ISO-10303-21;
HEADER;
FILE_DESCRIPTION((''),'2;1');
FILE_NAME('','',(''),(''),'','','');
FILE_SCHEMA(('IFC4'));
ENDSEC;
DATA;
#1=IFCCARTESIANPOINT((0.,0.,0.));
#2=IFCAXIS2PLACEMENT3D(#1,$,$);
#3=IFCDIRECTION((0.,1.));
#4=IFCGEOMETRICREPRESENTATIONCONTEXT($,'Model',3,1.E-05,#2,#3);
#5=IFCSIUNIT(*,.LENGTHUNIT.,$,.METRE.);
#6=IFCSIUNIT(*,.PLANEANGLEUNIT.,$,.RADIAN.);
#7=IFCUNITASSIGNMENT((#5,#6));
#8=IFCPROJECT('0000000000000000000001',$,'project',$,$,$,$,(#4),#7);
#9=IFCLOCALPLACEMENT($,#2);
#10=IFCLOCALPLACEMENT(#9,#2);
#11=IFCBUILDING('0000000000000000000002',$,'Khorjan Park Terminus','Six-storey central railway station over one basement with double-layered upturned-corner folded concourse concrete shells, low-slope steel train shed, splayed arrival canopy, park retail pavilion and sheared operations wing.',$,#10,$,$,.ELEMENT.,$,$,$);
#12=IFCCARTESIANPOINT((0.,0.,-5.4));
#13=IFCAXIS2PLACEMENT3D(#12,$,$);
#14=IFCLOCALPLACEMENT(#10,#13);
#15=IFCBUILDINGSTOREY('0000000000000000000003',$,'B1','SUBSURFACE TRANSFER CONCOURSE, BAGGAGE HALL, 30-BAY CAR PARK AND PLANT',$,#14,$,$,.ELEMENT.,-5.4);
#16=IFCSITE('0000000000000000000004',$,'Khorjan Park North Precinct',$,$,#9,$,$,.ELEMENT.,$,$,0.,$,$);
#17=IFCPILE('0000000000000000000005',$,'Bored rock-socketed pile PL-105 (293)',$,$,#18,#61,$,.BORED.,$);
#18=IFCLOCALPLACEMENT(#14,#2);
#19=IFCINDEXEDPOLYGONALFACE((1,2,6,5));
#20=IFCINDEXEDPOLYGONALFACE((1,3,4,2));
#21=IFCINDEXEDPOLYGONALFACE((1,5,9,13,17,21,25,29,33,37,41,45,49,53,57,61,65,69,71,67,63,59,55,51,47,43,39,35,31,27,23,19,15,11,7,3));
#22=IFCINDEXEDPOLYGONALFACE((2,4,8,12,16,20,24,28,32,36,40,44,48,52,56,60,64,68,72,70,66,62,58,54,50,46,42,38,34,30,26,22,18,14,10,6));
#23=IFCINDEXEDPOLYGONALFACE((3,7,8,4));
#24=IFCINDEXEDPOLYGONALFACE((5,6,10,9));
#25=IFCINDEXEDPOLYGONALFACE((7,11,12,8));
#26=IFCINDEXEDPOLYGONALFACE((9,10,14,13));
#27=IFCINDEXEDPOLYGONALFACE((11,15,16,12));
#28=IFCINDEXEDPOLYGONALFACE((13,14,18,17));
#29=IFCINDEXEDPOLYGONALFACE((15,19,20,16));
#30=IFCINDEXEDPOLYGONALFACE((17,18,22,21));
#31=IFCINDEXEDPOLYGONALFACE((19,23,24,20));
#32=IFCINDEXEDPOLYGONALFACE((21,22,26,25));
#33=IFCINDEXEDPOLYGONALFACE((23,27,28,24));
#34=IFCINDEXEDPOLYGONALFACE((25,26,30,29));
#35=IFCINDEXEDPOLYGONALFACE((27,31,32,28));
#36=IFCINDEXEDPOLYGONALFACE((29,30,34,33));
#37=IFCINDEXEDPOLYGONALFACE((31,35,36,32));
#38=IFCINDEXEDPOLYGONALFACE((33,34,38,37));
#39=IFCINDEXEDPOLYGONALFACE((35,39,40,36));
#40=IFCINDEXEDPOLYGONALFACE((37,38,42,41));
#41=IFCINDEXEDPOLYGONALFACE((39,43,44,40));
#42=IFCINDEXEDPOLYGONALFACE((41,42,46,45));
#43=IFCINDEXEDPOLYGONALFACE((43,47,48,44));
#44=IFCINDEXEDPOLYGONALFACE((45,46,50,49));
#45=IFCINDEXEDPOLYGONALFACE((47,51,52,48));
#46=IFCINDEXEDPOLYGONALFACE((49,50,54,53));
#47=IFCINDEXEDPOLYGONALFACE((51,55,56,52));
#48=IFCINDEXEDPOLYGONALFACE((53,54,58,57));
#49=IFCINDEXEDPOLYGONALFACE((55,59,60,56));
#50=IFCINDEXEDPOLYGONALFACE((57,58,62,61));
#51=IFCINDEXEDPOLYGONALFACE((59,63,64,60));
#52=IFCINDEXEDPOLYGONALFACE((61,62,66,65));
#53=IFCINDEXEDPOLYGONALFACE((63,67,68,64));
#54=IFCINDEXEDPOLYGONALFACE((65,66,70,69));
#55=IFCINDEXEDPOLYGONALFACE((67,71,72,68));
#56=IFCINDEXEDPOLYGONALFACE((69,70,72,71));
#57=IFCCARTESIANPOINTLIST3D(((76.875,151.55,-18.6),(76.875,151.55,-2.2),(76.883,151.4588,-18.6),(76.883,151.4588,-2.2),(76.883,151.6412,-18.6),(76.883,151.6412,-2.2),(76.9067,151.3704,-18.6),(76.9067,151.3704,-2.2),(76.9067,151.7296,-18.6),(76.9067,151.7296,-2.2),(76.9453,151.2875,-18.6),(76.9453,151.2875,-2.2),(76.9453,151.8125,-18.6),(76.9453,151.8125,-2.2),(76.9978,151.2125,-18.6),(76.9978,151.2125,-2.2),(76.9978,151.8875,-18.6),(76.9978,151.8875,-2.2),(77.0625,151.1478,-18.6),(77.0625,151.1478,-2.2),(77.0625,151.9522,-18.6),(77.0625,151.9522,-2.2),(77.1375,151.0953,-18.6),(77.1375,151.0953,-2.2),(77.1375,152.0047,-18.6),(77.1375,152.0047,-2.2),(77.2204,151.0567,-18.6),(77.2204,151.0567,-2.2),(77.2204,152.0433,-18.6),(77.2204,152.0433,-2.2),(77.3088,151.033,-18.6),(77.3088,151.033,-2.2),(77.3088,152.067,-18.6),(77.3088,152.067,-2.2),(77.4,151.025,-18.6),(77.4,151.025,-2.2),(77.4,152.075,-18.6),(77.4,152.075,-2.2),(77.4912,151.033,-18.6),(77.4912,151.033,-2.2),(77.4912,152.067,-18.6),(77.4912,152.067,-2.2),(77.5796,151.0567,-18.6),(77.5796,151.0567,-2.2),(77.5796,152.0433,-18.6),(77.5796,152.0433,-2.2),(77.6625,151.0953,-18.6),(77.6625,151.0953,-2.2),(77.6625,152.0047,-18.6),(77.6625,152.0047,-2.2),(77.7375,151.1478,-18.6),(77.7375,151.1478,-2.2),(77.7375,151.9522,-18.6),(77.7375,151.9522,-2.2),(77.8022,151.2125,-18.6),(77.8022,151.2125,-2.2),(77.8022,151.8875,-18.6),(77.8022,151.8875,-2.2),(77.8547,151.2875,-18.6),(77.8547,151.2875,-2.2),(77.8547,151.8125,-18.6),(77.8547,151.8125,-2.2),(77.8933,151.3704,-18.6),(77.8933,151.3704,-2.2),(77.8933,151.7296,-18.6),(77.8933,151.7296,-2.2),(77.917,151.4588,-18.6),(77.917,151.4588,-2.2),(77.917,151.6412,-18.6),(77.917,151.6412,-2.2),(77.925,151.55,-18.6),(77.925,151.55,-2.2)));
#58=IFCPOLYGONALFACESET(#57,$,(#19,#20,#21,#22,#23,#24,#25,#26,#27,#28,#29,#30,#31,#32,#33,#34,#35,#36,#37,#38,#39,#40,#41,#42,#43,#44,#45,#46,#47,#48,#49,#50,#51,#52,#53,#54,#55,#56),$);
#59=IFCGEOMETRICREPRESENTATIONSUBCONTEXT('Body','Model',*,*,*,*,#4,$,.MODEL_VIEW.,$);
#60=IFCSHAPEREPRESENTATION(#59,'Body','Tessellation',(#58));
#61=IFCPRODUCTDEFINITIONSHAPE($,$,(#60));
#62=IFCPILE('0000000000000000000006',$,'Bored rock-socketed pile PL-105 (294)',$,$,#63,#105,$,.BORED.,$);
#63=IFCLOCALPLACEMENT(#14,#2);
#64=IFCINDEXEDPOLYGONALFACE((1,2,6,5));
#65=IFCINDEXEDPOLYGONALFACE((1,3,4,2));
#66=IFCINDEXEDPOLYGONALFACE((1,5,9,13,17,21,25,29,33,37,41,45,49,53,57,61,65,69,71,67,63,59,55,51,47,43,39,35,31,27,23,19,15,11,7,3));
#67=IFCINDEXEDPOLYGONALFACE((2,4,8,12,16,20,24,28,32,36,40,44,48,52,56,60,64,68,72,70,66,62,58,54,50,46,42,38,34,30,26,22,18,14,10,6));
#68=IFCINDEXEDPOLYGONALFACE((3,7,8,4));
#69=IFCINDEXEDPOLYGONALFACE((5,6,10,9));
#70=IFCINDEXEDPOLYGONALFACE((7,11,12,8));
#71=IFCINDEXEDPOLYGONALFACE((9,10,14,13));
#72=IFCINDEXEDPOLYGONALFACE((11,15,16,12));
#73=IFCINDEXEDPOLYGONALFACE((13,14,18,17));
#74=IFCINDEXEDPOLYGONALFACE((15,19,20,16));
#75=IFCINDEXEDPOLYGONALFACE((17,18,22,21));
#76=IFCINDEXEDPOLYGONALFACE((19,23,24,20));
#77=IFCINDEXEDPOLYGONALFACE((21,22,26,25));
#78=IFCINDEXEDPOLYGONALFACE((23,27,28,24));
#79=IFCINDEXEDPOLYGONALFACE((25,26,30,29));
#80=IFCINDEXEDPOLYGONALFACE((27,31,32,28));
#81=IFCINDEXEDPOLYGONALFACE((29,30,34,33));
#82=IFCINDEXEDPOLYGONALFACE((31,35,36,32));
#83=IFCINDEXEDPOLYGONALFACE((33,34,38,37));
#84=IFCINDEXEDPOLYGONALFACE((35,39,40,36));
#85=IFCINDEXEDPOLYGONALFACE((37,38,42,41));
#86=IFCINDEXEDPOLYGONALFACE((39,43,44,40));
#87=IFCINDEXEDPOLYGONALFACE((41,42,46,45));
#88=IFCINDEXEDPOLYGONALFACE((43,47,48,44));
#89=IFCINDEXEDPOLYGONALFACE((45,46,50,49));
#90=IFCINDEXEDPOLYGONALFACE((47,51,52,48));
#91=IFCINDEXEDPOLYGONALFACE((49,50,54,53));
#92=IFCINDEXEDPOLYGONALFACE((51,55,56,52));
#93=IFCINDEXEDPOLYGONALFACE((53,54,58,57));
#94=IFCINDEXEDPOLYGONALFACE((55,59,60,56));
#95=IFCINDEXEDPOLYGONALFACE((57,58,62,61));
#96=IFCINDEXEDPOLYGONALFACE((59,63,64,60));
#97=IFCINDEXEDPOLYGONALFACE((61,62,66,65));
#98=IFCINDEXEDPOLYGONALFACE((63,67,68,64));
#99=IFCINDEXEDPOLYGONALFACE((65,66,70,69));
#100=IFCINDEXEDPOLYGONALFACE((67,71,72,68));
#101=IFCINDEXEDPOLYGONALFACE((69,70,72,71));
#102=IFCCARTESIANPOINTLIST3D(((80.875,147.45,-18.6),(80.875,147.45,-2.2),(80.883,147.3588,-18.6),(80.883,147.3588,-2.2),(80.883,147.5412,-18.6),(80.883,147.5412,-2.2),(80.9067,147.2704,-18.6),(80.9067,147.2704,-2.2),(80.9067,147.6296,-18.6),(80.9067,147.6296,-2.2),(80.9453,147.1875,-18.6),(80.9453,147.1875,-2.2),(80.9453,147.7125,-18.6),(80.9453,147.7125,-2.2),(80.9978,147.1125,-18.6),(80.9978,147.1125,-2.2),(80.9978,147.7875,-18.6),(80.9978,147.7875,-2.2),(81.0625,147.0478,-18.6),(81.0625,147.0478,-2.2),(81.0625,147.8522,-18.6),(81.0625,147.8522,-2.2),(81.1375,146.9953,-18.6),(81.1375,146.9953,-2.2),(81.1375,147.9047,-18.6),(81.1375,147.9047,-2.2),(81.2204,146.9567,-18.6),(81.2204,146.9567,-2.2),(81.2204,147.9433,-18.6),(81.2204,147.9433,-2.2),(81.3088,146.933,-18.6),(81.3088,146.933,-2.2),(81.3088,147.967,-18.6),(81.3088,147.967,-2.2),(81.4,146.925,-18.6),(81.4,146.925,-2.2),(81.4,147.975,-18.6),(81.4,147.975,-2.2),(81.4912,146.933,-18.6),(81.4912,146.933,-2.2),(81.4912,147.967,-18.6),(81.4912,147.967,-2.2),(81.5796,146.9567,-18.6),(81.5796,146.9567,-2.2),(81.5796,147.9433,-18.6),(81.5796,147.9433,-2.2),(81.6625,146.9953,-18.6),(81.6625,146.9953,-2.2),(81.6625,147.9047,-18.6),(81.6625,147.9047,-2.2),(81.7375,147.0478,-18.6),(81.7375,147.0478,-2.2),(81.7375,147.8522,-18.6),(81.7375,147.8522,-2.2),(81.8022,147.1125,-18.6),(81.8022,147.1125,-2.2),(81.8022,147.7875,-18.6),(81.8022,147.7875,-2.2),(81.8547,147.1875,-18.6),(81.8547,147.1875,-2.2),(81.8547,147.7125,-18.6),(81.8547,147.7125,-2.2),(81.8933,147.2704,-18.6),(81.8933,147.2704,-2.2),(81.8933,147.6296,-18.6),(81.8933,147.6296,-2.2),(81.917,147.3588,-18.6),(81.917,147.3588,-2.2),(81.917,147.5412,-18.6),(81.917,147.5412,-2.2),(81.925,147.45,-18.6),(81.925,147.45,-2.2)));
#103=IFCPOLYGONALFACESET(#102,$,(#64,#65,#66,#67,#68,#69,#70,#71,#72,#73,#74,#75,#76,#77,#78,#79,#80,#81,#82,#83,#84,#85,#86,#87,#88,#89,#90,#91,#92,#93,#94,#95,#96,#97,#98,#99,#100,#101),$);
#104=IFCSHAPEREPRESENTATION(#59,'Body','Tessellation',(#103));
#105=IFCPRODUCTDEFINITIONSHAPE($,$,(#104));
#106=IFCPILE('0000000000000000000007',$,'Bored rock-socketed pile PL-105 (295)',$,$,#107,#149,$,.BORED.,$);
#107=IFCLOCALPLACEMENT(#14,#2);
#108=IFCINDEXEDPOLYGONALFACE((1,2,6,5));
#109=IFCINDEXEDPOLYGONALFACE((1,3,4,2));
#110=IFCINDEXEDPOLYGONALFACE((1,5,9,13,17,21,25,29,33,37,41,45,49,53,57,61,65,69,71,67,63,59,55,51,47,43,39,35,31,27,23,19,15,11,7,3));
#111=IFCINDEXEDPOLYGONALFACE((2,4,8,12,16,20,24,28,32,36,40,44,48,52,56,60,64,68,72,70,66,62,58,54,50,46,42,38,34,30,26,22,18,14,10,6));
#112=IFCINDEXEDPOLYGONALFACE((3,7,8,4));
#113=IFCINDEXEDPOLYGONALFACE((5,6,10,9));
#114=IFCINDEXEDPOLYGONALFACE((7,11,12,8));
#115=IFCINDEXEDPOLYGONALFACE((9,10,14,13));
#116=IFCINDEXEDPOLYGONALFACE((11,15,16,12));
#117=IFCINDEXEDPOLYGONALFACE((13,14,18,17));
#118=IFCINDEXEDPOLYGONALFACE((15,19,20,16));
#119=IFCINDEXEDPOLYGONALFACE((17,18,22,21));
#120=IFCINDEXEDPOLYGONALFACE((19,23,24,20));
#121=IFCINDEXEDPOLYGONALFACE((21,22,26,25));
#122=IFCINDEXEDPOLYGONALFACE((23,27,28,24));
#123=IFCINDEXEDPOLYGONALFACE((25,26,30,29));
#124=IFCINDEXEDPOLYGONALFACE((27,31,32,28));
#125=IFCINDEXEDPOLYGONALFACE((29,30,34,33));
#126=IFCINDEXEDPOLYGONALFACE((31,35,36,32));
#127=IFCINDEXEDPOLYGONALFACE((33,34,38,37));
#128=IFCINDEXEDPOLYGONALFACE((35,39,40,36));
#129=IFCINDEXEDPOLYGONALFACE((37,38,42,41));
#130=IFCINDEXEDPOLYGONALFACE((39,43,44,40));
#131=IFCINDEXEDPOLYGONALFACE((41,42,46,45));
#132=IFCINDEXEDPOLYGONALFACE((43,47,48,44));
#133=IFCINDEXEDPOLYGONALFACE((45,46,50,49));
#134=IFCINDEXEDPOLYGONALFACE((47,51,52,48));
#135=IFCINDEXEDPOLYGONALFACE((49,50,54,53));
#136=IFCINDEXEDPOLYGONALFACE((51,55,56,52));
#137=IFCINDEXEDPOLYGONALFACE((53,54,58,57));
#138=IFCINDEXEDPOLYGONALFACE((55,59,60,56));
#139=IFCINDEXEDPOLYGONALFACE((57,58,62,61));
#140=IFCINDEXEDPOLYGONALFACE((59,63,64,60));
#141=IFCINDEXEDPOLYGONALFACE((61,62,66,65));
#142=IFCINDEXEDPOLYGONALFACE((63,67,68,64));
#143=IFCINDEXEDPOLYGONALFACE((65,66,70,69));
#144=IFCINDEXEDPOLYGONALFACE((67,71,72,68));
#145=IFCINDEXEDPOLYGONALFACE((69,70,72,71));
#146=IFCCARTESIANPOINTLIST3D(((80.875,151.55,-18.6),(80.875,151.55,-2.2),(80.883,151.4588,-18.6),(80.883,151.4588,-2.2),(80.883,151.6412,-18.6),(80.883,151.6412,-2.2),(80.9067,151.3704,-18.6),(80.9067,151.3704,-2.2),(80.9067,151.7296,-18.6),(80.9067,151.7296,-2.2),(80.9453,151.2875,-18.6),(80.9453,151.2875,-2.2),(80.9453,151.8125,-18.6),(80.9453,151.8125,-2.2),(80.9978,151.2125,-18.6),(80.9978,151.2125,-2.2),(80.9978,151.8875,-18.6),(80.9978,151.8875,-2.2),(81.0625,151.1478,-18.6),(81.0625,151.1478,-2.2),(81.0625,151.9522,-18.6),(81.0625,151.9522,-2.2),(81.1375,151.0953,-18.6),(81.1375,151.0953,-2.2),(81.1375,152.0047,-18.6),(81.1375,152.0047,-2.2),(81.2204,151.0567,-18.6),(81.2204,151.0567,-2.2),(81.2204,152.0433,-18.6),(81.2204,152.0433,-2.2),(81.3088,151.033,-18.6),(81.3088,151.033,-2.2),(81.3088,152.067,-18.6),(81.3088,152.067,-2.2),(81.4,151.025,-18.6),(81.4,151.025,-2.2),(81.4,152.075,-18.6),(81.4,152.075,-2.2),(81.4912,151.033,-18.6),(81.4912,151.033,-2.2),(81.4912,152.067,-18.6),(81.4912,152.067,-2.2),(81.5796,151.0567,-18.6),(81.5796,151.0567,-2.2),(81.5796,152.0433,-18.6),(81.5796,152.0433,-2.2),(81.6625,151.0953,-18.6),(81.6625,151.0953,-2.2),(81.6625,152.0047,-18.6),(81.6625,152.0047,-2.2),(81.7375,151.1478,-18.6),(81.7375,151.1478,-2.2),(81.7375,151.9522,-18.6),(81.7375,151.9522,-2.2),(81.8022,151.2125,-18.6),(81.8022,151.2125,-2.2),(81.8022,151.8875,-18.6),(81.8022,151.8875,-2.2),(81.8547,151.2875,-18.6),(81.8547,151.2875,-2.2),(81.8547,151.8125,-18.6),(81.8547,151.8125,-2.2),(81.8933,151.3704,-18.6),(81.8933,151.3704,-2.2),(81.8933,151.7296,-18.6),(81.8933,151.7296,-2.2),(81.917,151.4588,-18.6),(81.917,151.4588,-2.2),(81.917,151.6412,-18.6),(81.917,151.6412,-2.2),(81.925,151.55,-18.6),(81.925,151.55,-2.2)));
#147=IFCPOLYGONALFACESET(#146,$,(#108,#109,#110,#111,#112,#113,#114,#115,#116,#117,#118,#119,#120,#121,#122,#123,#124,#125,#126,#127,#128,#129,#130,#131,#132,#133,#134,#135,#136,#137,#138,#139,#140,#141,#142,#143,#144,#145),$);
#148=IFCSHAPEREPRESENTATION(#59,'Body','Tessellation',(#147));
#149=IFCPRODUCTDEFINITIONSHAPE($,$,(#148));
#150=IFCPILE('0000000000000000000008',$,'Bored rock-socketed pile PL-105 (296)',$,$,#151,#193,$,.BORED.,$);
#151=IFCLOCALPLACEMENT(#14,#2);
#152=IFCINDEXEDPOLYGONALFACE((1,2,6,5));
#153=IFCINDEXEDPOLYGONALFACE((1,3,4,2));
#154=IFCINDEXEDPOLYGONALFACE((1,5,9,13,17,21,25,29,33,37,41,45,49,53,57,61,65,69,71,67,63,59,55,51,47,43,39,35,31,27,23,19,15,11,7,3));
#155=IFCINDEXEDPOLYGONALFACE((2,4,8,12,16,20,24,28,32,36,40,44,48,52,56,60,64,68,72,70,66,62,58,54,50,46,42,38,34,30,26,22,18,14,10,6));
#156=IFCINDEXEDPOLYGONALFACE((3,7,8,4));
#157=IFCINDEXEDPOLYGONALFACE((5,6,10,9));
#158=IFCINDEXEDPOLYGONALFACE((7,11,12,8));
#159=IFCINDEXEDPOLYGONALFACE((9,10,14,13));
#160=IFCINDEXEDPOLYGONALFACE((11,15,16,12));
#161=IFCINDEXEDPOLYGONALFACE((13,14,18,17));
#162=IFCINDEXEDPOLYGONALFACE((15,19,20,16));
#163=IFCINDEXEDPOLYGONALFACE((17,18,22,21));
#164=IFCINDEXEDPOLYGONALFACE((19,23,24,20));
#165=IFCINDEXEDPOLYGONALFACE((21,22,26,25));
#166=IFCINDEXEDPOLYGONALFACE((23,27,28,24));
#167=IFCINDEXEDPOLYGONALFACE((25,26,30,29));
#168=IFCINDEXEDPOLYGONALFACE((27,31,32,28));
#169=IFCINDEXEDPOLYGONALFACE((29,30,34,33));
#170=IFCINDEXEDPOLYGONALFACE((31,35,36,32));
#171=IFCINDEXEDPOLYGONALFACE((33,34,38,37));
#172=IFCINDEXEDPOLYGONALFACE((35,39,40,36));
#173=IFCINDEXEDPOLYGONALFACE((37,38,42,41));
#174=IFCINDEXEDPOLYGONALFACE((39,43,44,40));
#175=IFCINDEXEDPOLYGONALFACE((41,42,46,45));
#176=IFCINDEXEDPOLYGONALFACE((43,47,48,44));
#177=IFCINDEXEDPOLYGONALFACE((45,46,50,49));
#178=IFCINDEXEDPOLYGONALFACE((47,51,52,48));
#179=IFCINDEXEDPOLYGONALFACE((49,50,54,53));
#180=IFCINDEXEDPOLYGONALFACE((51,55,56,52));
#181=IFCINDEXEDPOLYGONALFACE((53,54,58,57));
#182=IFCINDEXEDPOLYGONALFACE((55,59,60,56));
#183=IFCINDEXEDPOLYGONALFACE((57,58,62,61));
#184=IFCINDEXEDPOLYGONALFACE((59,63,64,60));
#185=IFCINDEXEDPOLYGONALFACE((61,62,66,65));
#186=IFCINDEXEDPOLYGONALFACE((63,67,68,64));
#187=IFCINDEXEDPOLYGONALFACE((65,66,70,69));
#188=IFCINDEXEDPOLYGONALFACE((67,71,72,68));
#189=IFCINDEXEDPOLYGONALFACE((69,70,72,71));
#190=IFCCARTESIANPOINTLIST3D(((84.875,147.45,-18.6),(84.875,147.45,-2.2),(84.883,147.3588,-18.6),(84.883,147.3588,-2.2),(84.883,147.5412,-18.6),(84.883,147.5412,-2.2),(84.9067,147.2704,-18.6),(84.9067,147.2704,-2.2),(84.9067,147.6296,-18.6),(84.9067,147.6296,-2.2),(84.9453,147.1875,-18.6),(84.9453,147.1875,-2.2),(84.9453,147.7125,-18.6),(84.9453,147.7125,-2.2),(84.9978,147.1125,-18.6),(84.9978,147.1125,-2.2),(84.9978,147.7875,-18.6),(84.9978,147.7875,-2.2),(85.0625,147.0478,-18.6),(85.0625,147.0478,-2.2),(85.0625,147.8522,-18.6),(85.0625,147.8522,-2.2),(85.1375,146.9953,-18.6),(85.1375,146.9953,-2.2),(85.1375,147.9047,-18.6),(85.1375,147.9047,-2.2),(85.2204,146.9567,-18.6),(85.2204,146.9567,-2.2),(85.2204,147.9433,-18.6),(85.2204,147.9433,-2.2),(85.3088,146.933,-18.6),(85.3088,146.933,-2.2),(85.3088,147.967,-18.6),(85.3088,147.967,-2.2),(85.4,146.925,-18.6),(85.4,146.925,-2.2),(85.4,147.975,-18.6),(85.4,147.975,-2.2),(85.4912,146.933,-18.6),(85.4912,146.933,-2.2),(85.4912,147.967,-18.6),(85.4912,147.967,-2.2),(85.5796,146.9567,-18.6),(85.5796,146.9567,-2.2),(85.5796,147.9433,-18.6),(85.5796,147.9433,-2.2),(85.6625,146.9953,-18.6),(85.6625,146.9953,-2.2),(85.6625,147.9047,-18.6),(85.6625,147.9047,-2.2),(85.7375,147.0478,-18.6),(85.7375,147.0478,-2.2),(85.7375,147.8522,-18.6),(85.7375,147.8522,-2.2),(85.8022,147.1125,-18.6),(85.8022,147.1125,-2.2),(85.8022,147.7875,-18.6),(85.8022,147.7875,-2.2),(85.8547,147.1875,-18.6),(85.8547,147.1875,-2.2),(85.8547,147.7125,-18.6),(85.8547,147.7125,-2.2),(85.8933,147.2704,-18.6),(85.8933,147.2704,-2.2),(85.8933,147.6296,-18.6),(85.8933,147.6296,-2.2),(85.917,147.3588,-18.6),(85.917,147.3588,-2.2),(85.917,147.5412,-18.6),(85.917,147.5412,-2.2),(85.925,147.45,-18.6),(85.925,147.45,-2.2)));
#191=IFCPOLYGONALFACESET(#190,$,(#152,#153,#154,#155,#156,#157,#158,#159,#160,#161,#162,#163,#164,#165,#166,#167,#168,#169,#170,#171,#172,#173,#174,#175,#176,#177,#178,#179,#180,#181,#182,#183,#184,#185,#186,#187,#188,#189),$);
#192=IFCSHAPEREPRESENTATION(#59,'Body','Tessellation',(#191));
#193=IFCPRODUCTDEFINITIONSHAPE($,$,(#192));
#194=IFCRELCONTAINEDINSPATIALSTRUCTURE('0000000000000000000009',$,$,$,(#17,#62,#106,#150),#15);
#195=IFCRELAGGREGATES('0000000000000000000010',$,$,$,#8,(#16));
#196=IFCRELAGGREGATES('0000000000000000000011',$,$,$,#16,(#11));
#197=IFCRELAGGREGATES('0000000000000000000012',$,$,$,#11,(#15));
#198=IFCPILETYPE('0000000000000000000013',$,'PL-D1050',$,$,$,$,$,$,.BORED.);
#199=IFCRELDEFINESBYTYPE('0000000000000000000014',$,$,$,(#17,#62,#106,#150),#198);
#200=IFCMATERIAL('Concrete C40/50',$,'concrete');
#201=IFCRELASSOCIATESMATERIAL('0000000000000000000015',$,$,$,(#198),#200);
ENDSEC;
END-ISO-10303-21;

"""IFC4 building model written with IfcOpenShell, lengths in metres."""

from ifc_helpers import new_model, si_unit, direction, frame, origin, origin_2d, place, context, subcontext, project, spatial, circle, extrude, material, material_profile, profile_set, type_object, element, save


model = new_model("IFC4")

# Units and contexts
model_context = context("Model", 3, precision=1e-05, world=origin(), true_north=direction((0.0, 1.0)))
body_context = subcontext(model_context, "Body", "Model", "MODEL_VIEW")
ifc_project = project(units=[si_unit("LENGTHUNIT", "METRE"), si_unit("PLANEANGLEUNIT", "RADIAN")], contexts=[model_context])

# Site, building, storey
site_placement = place(None, origin())
site = spatial("IfcSite", under=ifc_project, at=site_placement, Name="Khorjan Park North Precinct", CompositionType="ELEMENT", RefElevation=0.0)
building_placement = place(site_placement, origin())
building = spatial("IfcBuilding", under=site, at=building_placement, Name="Khorjan Park Terminus", Description="Six-storey central railway station over one basement with double-layered upturned-corner folded concourse concrete shells, low-slope steel train shed, splayed arrival canopy, park retail pavilion and sheared operations wing.", CompositionType="ELEMENT")
storey_placement = place(building_placement, frame((0.0, 0.0, -5.4)))
storey = spatial("IfcBuildingStorey", under=building, at=storey_placement, Name="B1", Description="SUBSURFACE TRANSFER CONCOURSE, BAGGAGE HALL, 30-BAY CAR PARK AND PLANT", CompositionType="ELEMENT", Elevation=-5.4)

# Shared definitions
ifc_material_1 = material(Name="Concrete C40/50", Category="concrete")

# Piles
ifc_material_profile_1 = material_profile(ifc_material_1, circle(Radius=0.525, at=origin_2d()), Name="BORED D1050")
ifc_profile_set_1 = profile_set([ifc_material_profile_1], Name="Concrete C40/50")
pile_type_1 = type_object("IfcPileType", Name="PL-D1050", PredefinedType="BORED", material=ifc_profile_set_1)
for number, where, z_axis, x_axis, name in (
    (1, (77.4, 151.55, -2.2), (0.0, 0.0, -1.0), (1.0, 0.0, 0.0), "Bored rock-socketed pile PL-105 (293)"),
    (2, (81.4, 147.45, -2.2), (0.0, 0.0, -1.0), (1.0, 0.0, 0.0), "Bored rock-socketed pile PL-105 (294)"),
    (3, (81.4, 151.55, -2.2), (0.0, 0.0, -1.0), (1.0, 0.0, 0.0), "Bored rock-socketed pile PL-105 (295)"),
    (4, (85.4, 147.45, -2.2), (0.0, 0.0, -1.0), (1.0, 0.0, 0.0), "Bored rock-socketed pile PL-105 (296)"),
):
    element("IfcPile", number, at=place(storey_placement, frame(where, z_axis=z_axis, x_axis=x_axis)), inside=storey, type_object=pile_type_1, Name=name, PredefinedType="BORED", context=body_context, shape_type="SweptSolid", body=[
        extrude(circle(Radius=0.525, at=origin_2d()), origin(), (0.0, 0.0, 1.0), 16.4),
    ])

save(model, "model.ifc")
